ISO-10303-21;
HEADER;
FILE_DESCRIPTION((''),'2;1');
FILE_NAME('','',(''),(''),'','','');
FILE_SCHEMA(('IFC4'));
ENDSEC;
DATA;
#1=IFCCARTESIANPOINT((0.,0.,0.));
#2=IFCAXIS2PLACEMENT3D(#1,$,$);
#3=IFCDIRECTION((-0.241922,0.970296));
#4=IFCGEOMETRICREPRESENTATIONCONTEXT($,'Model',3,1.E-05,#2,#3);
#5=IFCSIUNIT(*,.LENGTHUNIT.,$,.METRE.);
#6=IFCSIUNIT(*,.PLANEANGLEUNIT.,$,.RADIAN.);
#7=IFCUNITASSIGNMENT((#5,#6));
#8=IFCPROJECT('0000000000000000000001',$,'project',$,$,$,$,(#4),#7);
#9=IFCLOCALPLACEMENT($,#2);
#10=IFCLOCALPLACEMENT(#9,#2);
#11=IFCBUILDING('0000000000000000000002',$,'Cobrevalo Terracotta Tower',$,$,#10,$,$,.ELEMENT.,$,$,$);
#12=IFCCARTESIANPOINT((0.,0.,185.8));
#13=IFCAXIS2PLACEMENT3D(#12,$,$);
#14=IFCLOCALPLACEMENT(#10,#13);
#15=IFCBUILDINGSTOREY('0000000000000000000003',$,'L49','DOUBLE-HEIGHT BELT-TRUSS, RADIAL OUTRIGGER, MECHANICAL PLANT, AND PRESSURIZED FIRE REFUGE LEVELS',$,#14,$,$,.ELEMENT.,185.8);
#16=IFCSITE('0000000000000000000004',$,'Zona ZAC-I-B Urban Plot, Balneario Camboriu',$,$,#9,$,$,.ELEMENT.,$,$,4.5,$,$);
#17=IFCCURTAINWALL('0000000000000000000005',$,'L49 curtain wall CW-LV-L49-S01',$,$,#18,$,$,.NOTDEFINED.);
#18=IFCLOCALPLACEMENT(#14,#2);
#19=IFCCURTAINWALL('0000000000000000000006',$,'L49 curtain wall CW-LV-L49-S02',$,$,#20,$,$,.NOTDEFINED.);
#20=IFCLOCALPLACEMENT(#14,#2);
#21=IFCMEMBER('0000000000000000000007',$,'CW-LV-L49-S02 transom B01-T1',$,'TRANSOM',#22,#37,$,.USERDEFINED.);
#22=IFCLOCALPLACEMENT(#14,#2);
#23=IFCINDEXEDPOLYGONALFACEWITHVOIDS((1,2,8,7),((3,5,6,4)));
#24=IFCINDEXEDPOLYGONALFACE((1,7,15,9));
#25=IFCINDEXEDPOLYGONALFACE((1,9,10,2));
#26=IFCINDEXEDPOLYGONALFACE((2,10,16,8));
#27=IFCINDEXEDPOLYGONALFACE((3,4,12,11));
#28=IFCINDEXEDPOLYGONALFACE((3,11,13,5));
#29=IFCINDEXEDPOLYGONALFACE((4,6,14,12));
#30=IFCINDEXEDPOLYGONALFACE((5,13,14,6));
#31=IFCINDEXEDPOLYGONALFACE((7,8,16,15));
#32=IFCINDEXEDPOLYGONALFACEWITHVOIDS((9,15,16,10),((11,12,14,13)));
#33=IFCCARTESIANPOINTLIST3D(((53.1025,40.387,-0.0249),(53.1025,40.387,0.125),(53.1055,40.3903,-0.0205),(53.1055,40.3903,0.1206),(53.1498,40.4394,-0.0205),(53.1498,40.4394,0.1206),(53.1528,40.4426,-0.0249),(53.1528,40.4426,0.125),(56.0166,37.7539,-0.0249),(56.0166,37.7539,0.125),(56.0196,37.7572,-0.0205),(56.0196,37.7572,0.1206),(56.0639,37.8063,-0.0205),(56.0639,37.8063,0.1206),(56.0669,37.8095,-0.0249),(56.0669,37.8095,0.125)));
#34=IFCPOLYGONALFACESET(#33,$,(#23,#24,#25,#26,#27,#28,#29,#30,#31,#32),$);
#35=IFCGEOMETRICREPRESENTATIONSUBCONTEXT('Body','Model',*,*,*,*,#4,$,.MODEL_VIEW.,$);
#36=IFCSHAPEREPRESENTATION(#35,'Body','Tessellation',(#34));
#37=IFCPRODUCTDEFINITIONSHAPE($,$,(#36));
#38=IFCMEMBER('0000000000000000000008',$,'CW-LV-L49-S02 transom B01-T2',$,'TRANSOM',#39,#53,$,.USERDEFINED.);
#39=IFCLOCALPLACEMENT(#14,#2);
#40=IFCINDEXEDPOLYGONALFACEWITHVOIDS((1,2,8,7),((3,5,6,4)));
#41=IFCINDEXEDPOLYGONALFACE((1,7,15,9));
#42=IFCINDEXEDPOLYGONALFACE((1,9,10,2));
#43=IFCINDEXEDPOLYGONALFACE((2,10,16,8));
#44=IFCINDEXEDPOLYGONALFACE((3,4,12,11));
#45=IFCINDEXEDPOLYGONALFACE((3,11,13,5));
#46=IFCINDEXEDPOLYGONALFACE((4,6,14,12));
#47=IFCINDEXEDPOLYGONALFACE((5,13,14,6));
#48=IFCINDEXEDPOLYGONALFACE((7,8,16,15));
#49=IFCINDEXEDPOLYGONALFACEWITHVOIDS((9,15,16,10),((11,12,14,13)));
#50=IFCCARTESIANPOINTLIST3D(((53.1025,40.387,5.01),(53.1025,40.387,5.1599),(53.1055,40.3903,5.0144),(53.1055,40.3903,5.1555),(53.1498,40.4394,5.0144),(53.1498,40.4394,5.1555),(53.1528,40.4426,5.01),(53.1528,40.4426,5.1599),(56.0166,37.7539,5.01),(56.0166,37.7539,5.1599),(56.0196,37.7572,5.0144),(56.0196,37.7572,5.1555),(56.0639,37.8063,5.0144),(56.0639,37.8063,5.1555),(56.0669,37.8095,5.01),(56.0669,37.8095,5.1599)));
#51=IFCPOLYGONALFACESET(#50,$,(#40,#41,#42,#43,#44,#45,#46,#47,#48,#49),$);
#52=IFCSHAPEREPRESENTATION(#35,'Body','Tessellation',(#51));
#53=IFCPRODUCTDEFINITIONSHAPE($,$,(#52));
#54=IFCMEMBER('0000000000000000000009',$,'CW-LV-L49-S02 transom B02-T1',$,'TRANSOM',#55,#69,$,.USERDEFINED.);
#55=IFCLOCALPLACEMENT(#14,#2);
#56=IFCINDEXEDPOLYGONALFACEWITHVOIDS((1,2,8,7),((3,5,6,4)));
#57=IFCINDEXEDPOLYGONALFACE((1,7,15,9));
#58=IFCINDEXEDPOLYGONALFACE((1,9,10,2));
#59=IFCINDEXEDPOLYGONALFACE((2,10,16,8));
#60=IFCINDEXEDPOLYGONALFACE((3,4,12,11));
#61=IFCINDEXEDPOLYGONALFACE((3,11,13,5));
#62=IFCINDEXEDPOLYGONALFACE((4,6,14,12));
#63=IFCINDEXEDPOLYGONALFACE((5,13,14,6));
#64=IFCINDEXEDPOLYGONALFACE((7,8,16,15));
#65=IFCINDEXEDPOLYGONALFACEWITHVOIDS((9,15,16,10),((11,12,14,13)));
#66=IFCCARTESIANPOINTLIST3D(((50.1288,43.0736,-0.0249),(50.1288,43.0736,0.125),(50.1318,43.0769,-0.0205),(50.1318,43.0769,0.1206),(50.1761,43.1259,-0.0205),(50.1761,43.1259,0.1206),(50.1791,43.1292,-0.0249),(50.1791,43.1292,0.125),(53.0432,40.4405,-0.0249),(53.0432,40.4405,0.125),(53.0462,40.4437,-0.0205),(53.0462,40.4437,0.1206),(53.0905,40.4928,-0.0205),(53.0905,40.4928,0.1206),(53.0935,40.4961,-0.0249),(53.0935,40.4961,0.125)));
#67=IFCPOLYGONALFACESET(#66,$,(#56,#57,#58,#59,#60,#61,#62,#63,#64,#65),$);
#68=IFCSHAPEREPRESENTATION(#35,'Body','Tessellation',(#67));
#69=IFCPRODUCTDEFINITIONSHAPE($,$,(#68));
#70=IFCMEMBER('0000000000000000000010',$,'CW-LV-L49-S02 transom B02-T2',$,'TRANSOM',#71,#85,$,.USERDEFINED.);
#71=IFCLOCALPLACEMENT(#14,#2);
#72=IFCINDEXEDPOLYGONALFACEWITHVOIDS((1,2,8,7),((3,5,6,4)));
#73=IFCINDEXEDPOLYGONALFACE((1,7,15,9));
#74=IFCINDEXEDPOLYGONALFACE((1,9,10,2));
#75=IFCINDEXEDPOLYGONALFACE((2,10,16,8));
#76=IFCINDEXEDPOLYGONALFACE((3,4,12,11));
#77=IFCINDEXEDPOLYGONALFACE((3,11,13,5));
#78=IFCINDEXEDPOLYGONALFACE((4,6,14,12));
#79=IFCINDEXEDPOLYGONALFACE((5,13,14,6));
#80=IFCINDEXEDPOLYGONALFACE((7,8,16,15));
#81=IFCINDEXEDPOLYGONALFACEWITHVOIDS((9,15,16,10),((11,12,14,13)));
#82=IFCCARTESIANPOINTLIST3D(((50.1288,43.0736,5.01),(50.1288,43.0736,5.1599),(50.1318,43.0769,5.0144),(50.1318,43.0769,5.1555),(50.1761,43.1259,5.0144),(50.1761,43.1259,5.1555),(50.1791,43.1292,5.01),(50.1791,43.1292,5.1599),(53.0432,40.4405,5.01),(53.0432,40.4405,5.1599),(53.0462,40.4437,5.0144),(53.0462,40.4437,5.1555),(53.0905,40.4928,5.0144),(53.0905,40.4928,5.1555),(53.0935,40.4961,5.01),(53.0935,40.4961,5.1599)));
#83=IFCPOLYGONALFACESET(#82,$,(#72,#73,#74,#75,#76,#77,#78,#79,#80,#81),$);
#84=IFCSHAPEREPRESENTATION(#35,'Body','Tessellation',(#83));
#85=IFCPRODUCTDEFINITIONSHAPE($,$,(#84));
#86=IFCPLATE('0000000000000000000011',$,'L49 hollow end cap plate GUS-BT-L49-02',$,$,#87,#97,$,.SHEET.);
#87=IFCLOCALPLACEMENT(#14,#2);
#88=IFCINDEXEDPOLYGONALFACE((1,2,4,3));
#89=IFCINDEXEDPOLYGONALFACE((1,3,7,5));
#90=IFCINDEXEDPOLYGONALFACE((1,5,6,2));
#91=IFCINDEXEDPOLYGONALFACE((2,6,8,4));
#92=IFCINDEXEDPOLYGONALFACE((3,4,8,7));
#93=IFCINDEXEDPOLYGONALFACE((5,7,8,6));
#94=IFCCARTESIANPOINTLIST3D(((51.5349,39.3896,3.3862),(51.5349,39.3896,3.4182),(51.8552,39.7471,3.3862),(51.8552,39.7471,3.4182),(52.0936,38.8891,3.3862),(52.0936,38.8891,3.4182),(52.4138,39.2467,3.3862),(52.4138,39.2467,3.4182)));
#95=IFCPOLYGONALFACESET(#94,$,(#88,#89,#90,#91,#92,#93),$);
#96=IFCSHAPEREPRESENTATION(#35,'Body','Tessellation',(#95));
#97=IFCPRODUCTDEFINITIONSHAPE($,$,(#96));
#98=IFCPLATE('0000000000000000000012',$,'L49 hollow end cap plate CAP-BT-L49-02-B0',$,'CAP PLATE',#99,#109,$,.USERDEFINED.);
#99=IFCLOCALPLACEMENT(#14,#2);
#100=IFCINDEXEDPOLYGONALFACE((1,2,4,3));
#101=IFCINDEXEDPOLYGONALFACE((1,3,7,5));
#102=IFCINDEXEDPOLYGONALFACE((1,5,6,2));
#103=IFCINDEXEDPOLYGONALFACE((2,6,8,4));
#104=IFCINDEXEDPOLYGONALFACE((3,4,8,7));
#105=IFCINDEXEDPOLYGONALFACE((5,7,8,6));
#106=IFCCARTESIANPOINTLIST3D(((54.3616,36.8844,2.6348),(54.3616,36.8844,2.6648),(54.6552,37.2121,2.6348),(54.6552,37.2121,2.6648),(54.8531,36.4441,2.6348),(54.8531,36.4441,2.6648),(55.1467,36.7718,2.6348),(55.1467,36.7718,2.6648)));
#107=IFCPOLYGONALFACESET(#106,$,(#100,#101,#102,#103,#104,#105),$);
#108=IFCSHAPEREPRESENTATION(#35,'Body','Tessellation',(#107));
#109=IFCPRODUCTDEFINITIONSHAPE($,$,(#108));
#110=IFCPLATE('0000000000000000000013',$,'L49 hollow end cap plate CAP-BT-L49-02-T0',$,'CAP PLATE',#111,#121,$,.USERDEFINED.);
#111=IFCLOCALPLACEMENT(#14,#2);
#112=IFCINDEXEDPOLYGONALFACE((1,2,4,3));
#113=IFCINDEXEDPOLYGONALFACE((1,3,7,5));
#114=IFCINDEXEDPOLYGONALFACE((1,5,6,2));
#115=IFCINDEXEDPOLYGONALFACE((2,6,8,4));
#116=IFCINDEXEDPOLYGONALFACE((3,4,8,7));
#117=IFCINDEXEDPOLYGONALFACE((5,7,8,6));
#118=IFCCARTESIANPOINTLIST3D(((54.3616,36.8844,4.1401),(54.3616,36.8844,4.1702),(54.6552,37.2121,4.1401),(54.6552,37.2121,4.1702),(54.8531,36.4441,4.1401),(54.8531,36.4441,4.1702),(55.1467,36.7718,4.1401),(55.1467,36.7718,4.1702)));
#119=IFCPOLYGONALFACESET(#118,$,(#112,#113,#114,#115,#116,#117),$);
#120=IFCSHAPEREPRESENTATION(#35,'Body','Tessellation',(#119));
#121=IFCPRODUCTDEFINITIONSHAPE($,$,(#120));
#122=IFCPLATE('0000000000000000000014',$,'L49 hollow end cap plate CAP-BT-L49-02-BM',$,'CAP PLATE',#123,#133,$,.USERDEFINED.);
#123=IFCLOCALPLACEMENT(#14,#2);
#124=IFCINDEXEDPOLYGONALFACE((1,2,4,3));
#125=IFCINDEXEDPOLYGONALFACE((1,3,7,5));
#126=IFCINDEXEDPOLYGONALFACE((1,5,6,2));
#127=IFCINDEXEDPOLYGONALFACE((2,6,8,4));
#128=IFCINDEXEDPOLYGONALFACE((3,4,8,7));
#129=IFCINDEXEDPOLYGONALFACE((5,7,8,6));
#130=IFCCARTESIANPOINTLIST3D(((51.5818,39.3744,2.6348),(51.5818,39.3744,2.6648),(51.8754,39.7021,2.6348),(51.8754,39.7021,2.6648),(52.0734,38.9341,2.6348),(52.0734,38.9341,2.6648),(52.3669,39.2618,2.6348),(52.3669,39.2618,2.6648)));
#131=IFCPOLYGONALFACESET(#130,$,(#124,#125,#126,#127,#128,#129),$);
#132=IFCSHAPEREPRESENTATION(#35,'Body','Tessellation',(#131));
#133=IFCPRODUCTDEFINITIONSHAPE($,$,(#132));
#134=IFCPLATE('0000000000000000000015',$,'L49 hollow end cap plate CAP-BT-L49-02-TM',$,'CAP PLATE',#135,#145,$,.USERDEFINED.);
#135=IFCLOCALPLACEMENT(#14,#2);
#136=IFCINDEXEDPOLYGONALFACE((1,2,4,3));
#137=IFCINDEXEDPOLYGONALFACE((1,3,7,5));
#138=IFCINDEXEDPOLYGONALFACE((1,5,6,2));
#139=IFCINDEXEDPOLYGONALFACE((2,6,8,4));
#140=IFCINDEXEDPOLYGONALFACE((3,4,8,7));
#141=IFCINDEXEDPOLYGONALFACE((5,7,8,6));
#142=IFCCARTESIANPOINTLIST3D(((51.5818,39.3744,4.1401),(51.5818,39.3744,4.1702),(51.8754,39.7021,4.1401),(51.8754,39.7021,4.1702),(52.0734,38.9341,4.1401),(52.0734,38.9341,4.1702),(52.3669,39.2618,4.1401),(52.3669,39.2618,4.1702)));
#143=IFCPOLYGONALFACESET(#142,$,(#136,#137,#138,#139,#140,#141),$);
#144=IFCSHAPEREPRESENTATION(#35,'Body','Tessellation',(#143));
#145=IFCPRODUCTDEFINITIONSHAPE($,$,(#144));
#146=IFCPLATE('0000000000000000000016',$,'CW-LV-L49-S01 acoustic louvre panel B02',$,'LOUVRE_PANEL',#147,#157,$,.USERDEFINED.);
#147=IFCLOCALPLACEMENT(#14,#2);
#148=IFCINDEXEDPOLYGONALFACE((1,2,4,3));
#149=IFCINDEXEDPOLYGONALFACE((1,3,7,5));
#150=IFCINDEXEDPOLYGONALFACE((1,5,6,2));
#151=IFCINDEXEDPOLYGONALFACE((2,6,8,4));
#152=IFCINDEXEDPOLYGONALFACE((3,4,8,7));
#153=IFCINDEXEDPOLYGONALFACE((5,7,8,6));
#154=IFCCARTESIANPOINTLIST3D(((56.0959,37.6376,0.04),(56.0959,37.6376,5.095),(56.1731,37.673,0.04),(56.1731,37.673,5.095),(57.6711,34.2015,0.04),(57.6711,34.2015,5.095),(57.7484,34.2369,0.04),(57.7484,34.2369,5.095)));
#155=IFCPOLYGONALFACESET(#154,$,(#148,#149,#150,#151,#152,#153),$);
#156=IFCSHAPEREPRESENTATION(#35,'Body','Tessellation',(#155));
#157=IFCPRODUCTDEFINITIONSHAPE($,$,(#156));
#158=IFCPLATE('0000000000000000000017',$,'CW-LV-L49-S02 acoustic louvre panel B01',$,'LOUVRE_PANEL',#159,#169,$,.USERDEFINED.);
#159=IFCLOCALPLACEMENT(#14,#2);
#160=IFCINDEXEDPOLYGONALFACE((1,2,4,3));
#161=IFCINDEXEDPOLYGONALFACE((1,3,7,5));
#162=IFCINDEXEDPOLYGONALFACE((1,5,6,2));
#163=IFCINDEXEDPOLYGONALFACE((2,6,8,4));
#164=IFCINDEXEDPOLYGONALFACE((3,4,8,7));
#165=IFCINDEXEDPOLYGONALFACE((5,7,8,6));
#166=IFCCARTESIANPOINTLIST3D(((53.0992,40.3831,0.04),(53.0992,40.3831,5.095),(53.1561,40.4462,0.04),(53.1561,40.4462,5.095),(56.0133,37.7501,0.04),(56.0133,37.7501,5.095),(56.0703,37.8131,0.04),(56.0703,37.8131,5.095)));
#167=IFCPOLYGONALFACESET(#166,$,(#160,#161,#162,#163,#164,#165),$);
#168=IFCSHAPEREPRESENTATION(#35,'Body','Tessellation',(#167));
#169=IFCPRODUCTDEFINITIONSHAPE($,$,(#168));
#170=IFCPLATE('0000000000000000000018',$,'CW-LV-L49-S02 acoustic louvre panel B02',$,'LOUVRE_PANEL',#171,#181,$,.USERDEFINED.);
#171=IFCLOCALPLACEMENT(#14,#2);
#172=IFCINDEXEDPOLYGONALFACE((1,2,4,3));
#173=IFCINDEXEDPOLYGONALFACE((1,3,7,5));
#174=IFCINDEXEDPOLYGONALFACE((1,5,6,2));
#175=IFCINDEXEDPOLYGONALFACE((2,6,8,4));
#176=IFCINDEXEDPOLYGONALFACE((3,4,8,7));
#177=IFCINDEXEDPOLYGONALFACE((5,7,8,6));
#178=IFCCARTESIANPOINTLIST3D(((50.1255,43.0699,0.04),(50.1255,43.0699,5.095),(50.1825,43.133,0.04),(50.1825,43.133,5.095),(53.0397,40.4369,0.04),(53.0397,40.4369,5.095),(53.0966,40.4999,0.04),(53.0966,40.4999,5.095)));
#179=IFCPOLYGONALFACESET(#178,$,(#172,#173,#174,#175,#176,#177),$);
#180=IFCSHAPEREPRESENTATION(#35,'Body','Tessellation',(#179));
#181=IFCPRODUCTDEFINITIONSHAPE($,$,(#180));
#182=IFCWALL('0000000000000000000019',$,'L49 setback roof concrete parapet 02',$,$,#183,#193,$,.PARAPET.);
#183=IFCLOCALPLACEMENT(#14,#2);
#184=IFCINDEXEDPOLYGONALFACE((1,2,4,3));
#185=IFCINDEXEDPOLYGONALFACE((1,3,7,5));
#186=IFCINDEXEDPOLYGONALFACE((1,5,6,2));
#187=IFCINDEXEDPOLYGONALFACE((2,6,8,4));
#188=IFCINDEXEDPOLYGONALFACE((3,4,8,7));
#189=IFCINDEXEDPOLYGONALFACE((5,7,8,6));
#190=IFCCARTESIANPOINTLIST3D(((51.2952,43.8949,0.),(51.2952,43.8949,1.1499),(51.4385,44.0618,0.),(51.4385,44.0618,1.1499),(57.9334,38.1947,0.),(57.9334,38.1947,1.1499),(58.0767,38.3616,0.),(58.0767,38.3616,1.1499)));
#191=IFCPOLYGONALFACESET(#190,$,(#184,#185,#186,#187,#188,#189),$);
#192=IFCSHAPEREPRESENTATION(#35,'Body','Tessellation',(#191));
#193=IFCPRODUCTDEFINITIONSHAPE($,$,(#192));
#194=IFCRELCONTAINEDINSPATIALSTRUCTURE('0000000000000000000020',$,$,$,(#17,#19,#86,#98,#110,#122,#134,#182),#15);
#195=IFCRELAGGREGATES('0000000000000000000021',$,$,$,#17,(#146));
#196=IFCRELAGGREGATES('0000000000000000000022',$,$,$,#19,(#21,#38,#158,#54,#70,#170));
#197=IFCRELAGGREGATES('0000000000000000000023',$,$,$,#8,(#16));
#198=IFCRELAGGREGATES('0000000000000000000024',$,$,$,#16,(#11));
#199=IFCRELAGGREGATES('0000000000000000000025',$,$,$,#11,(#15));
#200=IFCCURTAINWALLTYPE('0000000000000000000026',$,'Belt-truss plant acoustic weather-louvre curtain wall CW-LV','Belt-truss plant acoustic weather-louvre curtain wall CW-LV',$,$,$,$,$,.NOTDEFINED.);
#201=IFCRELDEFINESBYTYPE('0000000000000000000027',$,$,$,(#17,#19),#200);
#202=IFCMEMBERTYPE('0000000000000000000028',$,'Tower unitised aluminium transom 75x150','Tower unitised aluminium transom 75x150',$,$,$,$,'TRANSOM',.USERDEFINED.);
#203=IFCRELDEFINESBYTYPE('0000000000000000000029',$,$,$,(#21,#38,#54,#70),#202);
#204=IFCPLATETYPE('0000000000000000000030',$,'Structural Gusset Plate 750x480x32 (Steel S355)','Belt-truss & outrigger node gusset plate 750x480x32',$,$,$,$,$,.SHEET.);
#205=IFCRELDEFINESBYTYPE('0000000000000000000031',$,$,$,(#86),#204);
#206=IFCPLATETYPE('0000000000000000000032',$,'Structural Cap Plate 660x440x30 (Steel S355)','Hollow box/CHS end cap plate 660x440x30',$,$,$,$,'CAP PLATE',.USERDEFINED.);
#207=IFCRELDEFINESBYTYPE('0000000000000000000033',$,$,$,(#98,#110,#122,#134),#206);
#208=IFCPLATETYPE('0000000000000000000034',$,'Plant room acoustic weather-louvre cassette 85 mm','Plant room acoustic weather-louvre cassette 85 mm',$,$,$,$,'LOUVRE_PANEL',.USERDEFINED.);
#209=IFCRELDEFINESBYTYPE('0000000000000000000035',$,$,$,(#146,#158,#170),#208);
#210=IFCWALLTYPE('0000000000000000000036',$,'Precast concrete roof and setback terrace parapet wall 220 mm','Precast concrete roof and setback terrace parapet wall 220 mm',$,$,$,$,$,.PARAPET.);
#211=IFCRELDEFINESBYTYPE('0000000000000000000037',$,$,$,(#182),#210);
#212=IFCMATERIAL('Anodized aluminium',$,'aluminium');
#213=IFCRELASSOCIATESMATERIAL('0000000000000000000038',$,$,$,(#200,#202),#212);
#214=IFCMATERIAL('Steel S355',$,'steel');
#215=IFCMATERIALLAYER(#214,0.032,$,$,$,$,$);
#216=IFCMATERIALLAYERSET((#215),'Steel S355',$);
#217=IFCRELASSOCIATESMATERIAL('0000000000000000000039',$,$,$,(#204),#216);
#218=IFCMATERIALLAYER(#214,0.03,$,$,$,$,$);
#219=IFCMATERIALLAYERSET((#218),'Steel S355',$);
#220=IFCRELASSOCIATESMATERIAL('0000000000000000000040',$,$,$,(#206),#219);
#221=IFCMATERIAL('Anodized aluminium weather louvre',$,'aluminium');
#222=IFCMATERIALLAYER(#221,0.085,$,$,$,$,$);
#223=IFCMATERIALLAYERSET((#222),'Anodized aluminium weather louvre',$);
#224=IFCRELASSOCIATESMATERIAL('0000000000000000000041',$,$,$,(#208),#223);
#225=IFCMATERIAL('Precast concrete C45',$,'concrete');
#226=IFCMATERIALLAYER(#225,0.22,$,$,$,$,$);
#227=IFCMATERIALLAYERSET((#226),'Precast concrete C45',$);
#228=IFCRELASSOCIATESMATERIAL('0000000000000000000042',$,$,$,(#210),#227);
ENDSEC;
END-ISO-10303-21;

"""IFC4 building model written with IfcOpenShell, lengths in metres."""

from ifc_helpers import new_model, si_unit, direction, frame, frame_2d, origin, origin_2d, place, context, subcontext, project, spatial, rectangle, hollow_rectangle, extrude, source, transform, mapped, material, layer, layer_set, material_profile, profile_set, type_object, element, aggregate, save


model = new_model("IFC4")

# Units and contexts
model_context = context("Model", 3, precision=1e-05, world=origin(), true_north=direction((-0.241922, 0.970296)))
body_context = subcontext(model_context, "Body", "Model", "MODEL_VIEW")
ifc_project = project(units=[si_unit("LENGTHUNIT", "METRE"), si_unit("PLANEANGLEUNIT", "RADIAN")], contexts=[model_context])

# Site, building, storey
site_placement = place(None, origin())
site = spatial("IfcSite", under=ifc_project, at=site_placement, Name="Zona ZAC-I-B Urban Plot, Balneario Camboriu", CompositionType="ELEMENT", RefElevation=4.5)
building_placement = place(site_placement, origin())
building = spatial("IfcBuilding", under=site, at=building_placement, Name="Cobrevalo Terracotta Tower", CompositionType="ELEMENT")
storey_placement = place(building_placement, frame((0.0, 0.0, 185.8)))
storey = spatial("IfcBuildingStorey", under=building, at=storey_placement, Name="L49", Description="DOUBLE-HEIGHT BELT-TRUSS, RADIAL OUTRIGGER, MECHANICAL PLANT, AND PRESSURIZED FIRE REFUGE LEVELS", CompositionType="ELEMENT", Elevation=185.8)

# Shared definitions
ifc_material_1 = material(Name="Steel S355", Category="steel")

# Curtain walls
ifc_material_2 = material(Name="Anodized aluminium", Category="aluminium")
curtain_wall_type = type_object("IfcCurtainWallType", Name="Belt-truss plant acoustic weather-louvre curtain wall CW-LV", Description="Belt-truss plant acoustic weather-louvre curtain wall CW-LV", PredefinedType="NOTDEFINED", material=ifc_material_2)
curtain_wall_1_placement = place(storey_placement, origin())
curtain_wall_1 = element("IfcCurtainWall", 1, at=curtain_wall_1_placement, inside=storey, type_object=curtain_wall_type, Name="L49 curtain wall CW-LV-L49-S01", PredefinedType="NOTDEFINED")
curtain_wall_2_placement = place(storey_placement, origin())
curtain_wall_2 = element("IfcCurtainWall", 2, at=curtain_wall_2_placement, inside=storey, type_object=curtain_wall_type, Name="L49 curtain wall CW-LV-L49-S02", PredefinedType="NOTDEFINED")

# Members
ifc_material_profile_1 = material_profile(ifc_material_2, hollow_rectangle(XDim=0.075, YDim=0.1499, WallThickness=0.0044, at=origin_2d()), Name="CWT 75x150")
ifc_profile_set_1 = profile_set([ifc_material_profile_1], Name="Anodized aluminium")
member_type_1 = type_object("IfcMemberType", Name="Tower unitised aluminium transom 75x150", Description="Tower unitised aluminium transom 75x150", ElementType="TRANSOM", PredefinedType="USERDEFINED", material=ifc_profile_set_1)
shared_shape_1 = source(origin(), body_context, "Body", "SweptSolid", [
    extrude(hollow_rectangle(XDim=0.075, YDim=0.1499, WallThickness=0.0044, at=origin_2d()), origin(), (0.0, 0.0, 1.0), 3.9275),
])
member_1_placement = place(storey_placement, frame((56.0417, 37.7817, 0.05), z_axis=(-0.741976, 0.670426, 0.0), x_axis=(-0.670426, -0.741976, 0.0)))
member_1 = element("IfcMember", 3, at=member_1_placement, type_object=member_type_1, Name="CW-LV-L49-S02 transom B01-T1", ObjectType="TRANSOM", PredefinedType="USERDEFINED", context=body_context, shape_type="MappedRepresentation", body=[
    mapped(shared_shape_1, transform((0.0, 0.0, 0.0), scale=1.0)),
])
member_2_placement = place(storey_placement, frame((56.0417, 37.7817, 5.085), z_axis=(-0.741976, 0.670426, 0.0), x_axis=(-0.670426, -0.741976, 0.0)))
member_2 = element("IfcMember", 4, at=member_2_placement, type_object=member_type_1, Name="CW-LV-L49-S02 transom B01-T2", ObjectType="TRANSOM", PredefinedType="USERDEFINED", context=body_context, shape_type="MappedRepresentation", body=[
    mapped(shared_shape_1, transform((0.0, 0.0, 0.0), scale=1.0)),
])
shared_shape_2 = source(origin(), body_context, "Body", "SweptSolid", [
    extrude(hollow_rectangle(XDim=0.075, YDim=0.1499, WallThickness=0.0044, at=origin_2d()), origin(), (0.0, 0.0, 1.0), 3.9277),
])
member_3_placement = place(storey_placement, frame((53.0684, 40.4683, 0.05), z_axis=(-0.742004, 0.670396, 0.0), x_axis=(-0.670396, -0.742004, 0.0)))
member_3 = element("IfcMember", 5, at=member_3_placement, type_object=member_type_1, Name="CW-LV-L49-S02 transom B02-T1", ObjectType="TRANSOM", PredefinedType="USERDEFINED", context=body_context, shape_type="MappedRepresentation", body=[
    mapped(shared_shape_2, transform((0.0, 0.0, 0.0), scale=1.0)),
])
member_4_placement = place(storey_placement, frame((53.0684, 40.4683, 5.085), z_axis=(-0.742004, 0.670396, 0.0), x_axis=(-0.670396, -0.742004, 0.0)))
member_4 = element("IfcMember", 6, at=member_4_placement, type_object=member_type_1, Name="CW-LV-L49-S02 transom B02-T2", ObjectType="TRANSOM", PredefinedType="USERDEFINED", context=body_context, shape_type="MappedRepresentation", body=[
    mapped(shared_shape_2, transform((0.0, 0.0, 0.0), scale=1.0)),
])

# Plates
ifc_layer_1 = layer(ifc_material_1, 0.032)
ifc_layer_set_1 = layer_set([ifc_layer_1], Name="Steel S355")
plate_type_1 = type_object("IfcPlateType", Name="Structural Gusset Plate 750x480x32 (Steel S355)", Description="Belt-truss & outrigger node gusset plate 750x480x32", PredefinedType="SHEET", material=ifc_layer_set_1)
shared_shape_3 = source(origin(), body_context, "Body", "SweptSolid", [
    extrude(rectangle(XDim=0.75, YDim=0.48, at=origin_2d()), origin(), (0.0, 0.0, 1.0), 0.032),
])
plate_1_placement = place(storey_placement, frame((51.9744, 39.3181, 3.3862), z_axis=(0.0, 0.0, 1.0), x_axis=(-0.744854, 0.667227, 0.0)))
element("IfcPlate", 7, at=plate_1_placement, inside=storey, type_object=plate_type_1, Name="L49 hollow end cap plate GUS-BT-L49-02", PredefinedType="SHEET", context=body_context, shape_type="MappedRepresentation", body=[
    mapped(shared_shape_3, transform((0.0, 0.0, 0.0), scale=1.0)),
])
ifc_layer_2 = layer(ifc_material_1, 0.03)
ifc_layer_set_2 = layer_set([ifc_layer_2], Name="Steel S355")
plate_type_2 = type_object("IfcPlateType", Name="Structural Cap Plate 660x440x30 (Steel S355)", Description="Hollow box/CHS end cap plate 660x440x30", ElementType="CAP PLATE", PredefinedType="USERDEFINED", material=ifc_layer_set_2)
shared_shape_4 = source(origin(), body_context, "Body", "SweptSolid", [
    extrude(rectangle(XDim=0.6599, YDim=0.4399, at=origin_2d()), origin(), (0.0, 0.0, 1.0), 0.03),
])
for number, where, z_axis, x_axis, name in (
    (8, (54.7542, 36.8281, 2.6348), (0.0, 0.0, 1.0), (-0.744854, 0.667227, 0.0), "L49 hollow end cap plate CAP-BT-L49-02-B0"),
    (9, (54.7542, 36.8281, 4.1401), (0.0, 0.0, 1.0), (-0.744854, 0.667227, 0.0), "L49 hollow end cap plate CAP-BT-L49-02-T0"),
    (10, (51.9744, 39.3181, 2.6348), (0.0, 0.0, 1.0), (-0.744854, 0.667227, 0.0), "L49 hollow end cap plate CAP-BT-L49-02-BM"),
    (11, (51.9744, 39.3181, 4.1401), (0.0, 0.0, 1.0), (-0.744854, 0.667227, 0.0), "L49 hollow end cap plate CAP-BT-L49-02-TM"),
):
    element("IfcPlate", number, at=place(storey_placement, frame(where, z_axis=z_axis, x_axis=x_axis)), inside=storey, type_object=plate_type_2, Name=name, ObjectType="CAP PLATE", PredefinedType="USERDEFINED", context=body_context, shape_type="MappedRepresentation", body=[
        mapped(shared_shape_4, transform((0.0, 0.0, 0.0), scale=1.0)),
    ])

# Plates
ifc_material_3 = material(Name="Anodized aluminium weather louvre", Category="aluminium")
ifc_layer_3 = layer(ifc_material_3, 0.085)
ifc_layer_set_3 = layer_set([ifc_layer_3], Name="Anodized aluminium weather louvre")
plate_type_3 = type_object("IfcPlateType", Name="Plant room acoustic weather-louvre cassette 85 mm", Description="Plant room acoustic weather-louvre cassette 85 mm", ElementType="LOUVRE_PANEL", PredefinedType="USERDEFINED", material=ifc_layer_set_3)
shared_shape_5 = source(origin(), body_context, "Body", "SweptSolid", [
    extrude(rectangle(XDim=3.78, YDim=0.085, at=origin_2d()), origin(), (0.0, 0.0, 1.0), 5.0549),
])
plate_2_placement = place(storey_placement, frame((56.9221, 35.9373, 0.04), z_axis=(0.0, 0.0, 1.0), x_axis=(-0.416731, 0.90903, 0.0)))
plate_2 = element("IfcPlate", 12, at=plate_2_placement, type_object=plate_type_3, Name="CW-LV-L49-S01 acoustic louvre panel B02", ObjectType="LOUVRE_PANEL", PredefinedType="USERDEFINED", context=body_context, shape_type="MappedRepresentation", body=[
    mapped(shared_shape_5, transform((0.0, 0.0, 0.0), scale=1.0)),
])
aggregate(curtain_wall_1, [plate_2])
shared_shape_6 = source(origin(), body_context, "Body", "SweptSolid", [
    extrude(rectangle(XDim=3.9275, YDim=0.085, at=origin_2d()), origin(), (0.0, 0.0, 1.0), 5.0549),
])
plate_3_placement = place(storey_placement, frame((54.5847, 39.0981, 0.04), z_axis=(0.0, 0.0, 1.0), x_axis=(-0.741988, 0.670414, 0.0)))
plate_3 = element("IfcPlate", 13, at=plate_3_placement, type_object=plate_type_3, Name="CW-LV-L49-S02 acoustic louvre panel B01", ObjectType="LOUVRE_PANEL", PredefinedType="USERDEFINED", context=body_context, shape_type="MappedRepresentation", body=[
    mapped(shared_shape_6, transform((0.0, 0.0, 0.0), scale=1.0)),
])
plate_4_placement = place(storey_placement, frame((51.6111, 41.7849, 0.04), z_axis=(0.0, 0.0, 1.0), x_axis=(-0.741988, 0.670414, 0.0)))
plate_4 = element("IfcPlate", 14, at=plate_4_placement, type_object=plate_type_3, Name="CW-LV-L49-S02 acoustic louvre panel B02", ObjectType="LOUVRE_PANEL", PredefinedType="USERDEFINED", context=body_context, shape_type="MappedRepresentation", body=[
    mapped(shared_shape_6, transform((0.0, 0.0, 0.0), scale=1.0)),
])
aggregate(curtain_wall_2, [member_1, member_2, plate_3, member_3, member_4, plate_4])

# Wall
ifc_material_4 = material(Name="Precast concrete C45", Category="concrete")
ifc_layer_4 = layer(ifc_material_4, 0.22)
ifc_layer_set_4 = layer_set([ifc_layer_4], Name="Precast concrete C45")
wall_type = type_object("IfcWallType", Name="Precast concrete roof and setback terrace parapet wall 220 mm", Description="Precast concrete roof and setback terrace parapet wall 220 mm", PredefinedType="PARAPET", material=ifc_layer_set_4)
wall_1_placement = place(storey_placement, frame((58.0051, 38.2781, 0.0), z_axis=(0.0, 0.0, 1.0), x_axis=(-0.758673, 0.651471, 0.0)))
element("IfcWall", 15, at=wall_1_placement, inside=storey, type_object=wall_type, Name="L49 setback roof concrete parapet 02", PredefinedType="PARAPET", context=body_context, shape_type="SweptSolid", body=[
    extrude(rectangle(XDim=8.7498, YDim=0.22, at=frame_2d((4.375, 0.0))), origin(), (0.0, 0.0, 1.0), 1.1499),
])

save(model, "model.ifc")
